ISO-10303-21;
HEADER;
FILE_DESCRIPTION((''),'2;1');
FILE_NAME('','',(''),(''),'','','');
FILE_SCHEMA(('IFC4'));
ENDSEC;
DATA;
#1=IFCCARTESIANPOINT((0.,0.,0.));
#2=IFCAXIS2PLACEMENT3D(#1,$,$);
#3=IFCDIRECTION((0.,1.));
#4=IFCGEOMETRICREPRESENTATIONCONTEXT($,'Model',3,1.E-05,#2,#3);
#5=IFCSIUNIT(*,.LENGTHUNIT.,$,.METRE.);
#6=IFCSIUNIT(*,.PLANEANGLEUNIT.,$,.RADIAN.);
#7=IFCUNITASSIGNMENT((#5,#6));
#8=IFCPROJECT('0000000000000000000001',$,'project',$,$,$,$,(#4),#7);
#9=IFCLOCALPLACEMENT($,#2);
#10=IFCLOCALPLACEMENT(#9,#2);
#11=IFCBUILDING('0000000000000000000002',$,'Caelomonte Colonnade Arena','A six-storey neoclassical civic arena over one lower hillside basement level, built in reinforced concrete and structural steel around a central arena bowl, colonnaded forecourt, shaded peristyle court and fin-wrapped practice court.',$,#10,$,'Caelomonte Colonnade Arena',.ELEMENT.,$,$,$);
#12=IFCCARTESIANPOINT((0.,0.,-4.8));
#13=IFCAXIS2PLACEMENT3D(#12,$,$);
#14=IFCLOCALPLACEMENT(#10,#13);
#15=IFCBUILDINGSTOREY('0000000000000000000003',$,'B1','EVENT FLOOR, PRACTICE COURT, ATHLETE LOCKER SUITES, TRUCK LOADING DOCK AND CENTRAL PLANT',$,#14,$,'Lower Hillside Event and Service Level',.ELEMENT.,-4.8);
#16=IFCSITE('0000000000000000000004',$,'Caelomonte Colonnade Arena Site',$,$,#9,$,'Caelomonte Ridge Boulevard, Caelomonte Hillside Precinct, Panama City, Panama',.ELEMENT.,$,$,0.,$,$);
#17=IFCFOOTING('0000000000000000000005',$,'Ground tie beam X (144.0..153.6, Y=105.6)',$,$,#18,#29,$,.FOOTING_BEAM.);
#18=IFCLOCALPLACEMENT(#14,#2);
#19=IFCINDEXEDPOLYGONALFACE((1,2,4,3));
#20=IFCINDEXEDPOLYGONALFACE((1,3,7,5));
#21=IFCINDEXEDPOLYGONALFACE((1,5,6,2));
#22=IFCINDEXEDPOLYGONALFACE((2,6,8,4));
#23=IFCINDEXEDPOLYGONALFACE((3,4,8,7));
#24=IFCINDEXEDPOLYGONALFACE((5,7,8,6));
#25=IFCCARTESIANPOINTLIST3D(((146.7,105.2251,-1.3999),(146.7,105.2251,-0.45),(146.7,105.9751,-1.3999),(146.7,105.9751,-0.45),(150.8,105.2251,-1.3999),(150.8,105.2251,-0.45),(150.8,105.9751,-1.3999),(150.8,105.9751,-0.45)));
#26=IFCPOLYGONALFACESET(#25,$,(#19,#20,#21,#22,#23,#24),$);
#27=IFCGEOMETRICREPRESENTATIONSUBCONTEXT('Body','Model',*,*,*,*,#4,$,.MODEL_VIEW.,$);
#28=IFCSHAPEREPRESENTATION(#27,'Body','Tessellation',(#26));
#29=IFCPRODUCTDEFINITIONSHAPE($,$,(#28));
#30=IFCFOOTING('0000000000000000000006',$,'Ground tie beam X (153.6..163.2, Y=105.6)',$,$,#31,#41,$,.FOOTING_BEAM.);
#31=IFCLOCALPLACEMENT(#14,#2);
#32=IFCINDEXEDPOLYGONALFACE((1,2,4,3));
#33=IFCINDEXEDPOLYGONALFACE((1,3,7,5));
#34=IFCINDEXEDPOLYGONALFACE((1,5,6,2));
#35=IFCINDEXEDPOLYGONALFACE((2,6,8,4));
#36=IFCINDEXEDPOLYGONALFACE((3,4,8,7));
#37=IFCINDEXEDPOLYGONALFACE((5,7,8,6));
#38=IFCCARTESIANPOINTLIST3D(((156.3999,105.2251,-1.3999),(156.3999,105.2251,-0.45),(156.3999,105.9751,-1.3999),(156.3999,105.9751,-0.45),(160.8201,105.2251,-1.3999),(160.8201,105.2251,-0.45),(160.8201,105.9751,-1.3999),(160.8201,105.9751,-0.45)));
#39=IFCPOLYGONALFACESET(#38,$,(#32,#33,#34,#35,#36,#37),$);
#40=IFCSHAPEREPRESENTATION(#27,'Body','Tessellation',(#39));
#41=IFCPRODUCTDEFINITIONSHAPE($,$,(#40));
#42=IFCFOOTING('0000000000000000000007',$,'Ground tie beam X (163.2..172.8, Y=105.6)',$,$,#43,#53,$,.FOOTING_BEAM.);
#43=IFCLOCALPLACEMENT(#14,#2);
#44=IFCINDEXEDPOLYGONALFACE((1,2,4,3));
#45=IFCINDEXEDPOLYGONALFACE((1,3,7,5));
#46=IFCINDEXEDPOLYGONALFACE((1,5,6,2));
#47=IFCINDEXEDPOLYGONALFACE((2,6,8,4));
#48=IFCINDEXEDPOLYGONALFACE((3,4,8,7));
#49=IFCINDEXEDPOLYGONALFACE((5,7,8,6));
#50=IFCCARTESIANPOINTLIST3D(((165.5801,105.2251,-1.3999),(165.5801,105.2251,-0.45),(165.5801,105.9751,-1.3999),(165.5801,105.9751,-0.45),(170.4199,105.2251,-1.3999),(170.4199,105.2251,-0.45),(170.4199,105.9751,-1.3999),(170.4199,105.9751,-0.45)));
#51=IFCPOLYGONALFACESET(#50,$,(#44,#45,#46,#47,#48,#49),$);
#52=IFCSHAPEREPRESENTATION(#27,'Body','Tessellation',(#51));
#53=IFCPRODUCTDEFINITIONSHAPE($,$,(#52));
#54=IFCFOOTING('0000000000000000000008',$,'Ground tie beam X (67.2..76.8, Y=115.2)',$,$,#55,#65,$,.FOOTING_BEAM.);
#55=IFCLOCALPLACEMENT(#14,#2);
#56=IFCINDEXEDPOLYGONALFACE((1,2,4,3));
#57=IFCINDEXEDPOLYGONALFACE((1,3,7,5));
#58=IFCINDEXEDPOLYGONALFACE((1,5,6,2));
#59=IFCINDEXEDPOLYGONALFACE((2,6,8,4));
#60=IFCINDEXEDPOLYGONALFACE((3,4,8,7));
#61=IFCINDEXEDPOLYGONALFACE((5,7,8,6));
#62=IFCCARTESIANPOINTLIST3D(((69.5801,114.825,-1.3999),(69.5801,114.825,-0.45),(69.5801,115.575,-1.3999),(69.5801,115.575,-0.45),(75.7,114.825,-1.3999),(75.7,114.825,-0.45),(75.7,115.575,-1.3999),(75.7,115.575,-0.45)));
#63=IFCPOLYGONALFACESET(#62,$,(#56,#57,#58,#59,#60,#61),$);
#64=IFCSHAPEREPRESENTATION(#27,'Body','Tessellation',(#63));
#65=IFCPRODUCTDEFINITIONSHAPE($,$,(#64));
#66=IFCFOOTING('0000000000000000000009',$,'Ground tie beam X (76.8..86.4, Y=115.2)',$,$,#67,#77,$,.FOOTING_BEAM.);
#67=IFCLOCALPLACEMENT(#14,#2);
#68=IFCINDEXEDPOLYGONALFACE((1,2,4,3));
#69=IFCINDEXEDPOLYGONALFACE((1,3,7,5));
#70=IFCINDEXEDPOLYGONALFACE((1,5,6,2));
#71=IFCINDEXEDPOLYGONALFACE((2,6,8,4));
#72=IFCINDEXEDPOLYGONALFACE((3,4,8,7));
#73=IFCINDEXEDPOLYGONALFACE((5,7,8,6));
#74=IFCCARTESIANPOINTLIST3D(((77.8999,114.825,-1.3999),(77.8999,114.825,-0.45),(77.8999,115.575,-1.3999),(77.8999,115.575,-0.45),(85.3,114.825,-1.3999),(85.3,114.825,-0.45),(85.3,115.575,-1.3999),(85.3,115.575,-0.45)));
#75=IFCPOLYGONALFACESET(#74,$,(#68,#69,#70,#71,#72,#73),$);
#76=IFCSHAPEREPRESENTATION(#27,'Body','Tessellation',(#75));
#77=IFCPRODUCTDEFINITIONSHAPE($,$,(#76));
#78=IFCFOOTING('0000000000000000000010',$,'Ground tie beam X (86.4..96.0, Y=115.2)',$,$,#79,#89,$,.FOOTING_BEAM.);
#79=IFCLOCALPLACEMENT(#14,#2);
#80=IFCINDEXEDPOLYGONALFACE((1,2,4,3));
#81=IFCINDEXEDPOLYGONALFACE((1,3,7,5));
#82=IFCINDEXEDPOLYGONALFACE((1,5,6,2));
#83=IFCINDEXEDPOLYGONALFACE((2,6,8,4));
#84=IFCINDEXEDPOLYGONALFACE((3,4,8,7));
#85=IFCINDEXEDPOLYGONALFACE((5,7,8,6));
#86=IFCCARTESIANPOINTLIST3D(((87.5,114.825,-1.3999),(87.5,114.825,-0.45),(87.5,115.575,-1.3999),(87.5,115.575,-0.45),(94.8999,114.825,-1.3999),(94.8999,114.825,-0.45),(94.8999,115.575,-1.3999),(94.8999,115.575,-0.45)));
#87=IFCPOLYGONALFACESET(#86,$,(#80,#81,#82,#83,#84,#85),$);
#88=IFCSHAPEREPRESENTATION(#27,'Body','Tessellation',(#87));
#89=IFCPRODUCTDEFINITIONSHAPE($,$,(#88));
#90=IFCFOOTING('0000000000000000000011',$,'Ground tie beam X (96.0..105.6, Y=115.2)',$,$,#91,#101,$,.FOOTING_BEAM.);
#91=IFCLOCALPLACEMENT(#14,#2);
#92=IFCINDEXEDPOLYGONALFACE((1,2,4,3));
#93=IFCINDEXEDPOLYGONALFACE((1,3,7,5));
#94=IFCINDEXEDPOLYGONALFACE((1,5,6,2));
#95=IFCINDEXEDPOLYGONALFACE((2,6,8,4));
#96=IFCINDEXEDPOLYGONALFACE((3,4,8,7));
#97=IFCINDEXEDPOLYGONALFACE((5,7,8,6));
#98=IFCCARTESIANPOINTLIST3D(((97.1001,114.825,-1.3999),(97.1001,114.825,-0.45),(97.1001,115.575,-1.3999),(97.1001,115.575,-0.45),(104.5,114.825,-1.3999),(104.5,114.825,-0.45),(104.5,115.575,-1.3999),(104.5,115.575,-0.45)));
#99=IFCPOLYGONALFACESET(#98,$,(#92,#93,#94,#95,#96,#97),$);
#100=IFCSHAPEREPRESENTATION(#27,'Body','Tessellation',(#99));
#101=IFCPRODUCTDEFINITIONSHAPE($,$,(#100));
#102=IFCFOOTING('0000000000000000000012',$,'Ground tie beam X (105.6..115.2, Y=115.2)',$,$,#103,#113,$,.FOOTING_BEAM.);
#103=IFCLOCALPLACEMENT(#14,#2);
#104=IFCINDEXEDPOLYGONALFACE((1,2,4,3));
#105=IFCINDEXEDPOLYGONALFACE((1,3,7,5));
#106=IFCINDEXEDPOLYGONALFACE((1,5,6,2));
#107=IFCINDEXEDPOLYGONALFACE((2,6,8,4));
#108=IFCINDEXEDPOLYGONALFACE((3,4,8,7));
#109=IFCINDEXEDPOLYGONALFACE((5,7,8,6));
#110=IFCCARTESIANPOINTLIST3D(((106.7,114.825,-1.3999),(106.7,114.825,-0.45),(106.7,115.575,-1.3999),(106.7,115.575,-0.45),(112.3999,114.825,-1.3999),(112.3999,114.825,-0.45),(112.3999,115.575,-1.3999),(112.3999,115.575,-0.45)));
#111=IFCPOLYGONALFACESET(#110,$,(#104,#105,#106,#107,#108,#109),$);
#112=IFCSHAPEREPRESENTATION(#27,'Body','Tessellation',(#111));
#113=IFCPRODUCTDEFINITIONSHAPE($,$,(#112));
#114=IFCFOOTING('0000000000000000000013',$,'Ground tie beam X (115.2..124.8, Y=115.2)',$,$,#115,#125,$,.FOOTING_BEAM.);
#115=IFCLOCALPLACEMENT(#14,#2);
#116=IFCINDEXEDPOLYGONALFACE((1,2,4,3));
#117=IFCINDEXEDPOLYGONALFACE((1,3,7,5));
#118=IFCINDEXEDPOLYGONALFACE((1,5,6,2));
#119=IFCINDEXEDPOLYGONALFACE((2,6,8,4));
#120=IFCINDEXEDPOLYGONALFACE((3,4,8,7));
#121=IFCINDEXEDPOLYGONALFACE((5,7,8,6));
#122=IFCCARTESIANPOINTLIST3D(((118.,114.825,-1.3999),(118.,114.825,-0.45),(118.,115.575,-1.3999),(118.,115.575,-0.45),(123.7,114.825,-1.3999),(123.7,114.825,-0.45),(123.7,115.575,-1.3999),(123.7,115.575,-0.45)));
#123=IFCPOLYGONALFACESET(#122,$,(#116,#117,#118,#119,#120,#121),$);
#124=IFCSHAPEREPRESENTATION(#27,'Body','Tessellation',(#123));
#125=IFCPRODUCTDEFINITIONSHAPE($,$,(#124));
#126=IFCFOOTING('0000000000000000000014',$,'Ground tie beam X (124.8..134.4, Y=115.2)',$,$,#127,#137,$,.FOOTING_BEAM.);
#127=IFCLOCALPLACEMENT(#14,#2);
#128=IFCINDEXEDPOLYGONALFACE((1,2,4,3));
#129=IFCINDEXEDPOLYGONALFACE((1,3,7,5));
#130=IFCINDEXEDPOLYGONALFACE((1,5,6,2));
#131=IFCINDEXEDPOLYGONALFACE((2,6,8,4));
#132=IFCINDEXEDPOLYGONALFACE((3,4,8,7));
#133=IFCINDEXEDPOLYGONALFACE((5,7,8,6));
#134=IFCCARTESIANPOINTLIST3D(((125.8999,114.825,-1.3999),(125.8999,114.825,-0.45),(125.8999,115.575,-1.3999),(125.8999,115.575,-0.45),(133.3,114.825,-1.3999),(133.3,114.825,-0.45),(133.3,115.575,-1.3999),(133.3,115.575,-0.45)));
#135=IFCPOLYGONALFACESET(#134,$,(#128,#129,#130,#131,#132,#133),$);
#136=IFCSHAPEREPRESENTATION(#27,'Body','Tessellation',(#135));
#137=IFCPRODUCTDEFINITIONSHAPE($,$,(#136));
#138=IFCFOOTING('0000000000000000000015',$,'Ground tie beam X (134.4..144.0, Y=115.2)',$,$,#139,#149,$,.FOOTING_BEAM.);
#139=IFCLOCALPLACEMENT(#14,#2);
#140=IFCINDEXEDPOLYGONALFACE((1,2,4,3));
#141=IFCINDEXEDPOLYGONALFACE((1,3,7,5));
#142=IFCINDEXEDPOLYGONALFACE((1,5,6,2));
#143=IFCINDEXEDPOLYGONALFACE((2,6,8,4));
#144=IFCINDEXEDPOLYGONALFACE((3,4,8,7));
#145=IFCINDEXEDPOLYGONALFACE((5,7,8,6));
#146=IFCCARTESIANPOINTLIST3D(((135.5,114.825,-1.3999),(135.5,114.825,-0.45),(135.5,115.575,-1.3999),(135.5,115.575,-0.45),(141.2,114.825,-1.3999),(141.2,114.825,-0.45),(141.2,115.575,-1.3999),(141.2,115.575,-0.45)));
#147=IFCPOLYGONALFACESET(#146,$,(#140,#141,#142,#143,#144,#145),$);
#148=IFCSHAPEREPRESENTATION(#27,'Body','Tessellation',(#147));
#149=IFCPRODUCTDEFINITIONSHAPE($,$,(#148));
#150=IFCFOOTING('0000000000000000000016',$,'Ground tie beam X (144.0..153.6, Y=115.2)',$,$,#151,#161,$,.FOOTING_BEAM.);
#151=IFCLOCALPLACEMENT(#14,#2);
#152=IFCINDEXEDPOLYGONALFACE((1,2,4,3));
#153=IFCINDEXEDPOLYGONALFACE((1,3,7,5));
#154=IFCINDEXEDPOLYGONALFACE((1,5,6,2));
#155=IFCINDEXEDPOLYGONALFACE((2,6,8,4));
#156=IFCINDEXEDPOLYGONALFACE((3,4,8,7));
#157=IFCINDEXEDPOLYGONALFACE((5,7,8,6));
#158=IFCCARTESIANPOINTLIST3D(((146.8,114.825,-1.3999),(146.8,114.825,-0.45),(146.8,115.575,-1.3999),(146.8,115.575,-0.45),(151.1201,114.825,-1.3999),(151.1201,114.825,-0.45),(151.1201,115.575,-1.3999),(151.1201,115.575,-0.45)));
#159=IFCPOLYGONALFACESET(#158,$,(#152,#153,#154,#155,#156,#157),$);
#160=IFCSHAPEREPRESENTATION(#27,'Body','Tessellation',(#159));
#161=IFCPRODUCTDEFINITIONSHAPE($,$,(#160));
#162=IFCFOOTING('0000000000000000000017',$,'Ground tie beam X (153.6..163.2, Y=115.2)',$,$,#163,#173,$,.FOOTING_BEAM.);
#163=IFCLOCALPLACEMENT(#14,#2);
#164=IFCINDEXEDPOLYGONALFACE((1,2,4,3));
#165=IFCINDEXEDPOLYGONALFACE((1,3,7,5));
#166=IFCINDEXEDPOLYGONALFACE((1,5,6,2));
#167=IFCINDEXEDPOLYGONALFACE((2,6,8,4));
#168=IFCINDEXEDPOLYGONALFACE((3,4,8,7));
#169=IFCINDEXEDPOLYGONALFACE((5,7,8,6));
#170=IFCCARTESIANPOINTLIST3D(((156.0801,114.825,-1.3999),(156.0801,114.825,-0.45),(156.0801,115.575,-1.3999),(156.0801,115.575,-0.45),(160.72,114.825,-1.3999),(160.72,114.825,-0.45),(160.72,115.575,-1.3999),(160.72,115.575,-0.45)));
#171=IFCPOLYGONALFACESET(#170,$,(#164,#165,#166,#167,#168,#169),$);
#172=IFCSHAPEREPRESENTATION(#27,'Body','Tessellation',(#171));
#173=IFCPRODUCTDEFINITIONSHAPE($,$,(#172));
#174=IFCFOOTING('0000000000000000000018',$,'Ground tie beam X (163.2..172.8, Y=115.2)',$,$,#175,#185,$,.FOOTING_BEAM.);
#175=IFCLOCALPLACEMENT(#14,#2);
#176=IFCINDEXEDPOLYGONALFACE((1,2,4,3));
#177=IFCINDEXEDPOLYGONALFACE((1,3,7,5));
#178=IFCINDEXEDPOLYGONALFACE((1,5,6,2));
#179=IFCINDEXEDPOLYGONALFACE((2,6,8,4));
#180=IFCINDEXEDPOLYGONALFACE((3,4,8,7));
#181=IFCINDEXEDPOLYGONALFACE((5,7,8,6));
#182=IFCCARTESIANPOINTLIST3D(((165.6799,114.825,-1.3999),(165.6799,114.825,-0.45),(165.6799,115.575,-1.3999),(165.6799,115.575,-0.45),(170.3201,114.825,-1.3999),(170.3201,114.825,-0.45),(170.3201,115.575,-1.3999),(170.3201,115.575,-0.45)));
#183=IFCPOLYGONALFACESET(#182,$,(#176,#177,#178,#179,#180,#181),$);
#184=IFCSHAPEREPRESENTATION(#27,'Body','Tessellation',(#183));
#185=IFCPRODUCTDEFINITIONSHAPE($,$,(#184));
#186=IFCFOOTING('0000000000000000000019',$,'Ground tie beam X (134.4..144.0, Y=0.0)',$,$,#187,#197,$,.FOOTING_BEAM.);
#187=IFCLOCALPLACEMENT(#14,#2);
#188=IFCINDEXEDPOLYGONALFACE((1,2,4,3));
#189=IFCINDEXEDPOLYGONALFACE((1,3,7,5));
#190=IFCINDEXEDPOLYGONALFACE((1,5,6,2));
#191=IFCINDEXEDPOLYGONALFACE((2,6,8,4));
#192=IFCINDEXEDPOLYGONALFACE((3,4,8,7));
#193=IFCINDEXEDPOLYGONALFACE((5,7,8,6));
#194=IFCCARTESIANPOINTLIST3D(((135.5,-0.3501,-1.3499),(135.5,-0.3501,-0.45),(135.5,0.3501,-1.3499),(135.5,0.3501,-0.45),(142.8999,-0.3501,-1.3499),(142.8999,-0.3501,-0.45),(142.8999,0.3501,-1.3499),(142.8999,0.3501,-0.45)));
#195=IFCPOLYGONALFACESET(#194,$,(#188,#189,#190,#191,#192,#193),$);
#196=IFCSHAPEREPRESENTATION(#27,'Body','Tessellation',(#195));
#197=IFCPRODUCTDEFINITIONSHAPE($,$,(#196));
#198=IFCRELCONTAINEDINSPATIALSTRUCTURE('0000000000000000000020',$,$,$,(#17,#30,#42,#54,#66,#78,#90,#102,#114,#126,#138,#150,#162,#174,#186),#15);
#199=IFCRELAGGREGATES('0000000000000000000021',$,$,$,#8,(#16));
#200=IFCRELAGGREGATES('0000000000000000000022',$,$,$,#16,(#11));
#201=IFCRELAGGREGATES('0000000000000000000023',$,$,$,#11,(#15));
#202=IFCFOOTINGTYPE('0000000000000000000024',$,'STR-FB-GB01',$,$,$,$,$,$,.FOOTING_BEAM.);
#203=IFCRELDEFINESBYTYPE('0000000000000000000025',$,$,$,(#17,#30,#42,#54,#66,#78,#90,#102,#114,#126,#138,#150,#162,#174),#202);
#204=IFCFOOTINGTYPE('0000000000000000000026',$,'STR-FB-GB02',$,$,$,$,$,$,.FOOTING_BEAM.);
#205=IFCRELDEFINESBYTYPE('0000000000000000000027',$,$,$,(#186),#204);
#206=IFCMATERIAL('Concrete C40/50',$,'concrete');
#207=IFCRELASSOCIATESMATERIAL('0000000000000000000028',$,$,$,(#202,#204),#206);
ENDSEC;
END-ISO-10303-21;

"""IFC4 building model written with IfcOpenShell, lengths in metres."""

from ifc_helpers import new_model, si_unit, direction, frame, origin, place, context, subcontext, project, spatial, polyline, outline, extrude, material, type_object, element, save


model = new_model("IFC4")

# Units and contexts
model_context = context("Model", 3, precision=1e-05, world=origin(), true_north=direction((0.0, 1.0)))
body_context = subcontext(model_context, "Body", "Model", "MODEL_VIEW")
ifc_project = project(units=[si_unit("LENGTHUNIT", "METRE"), si_unit("PLANEANGLEUNIT", "RADIAN")], contexts=[model_context])

# Site, building, storey
site_placement = place(None, origin())
site = spatial("IfcSite", under=ifc_project, at=site_placement, Name="Caelomonte Colonnade Arena Site", LongName="Caelomonte Ridge Boulevard, Caelomonte Hillside Precinct, Panama City, Panama", CompositionType="ELEMENT", RefElevation=0.0)
building_placement = place(site_placement, origin())
building = spatial("IfcBuilding", under=site, at=building_placement, Name="Caelomonte Colonnade Arena", Description="A six-storey neoclassical civic arena over one lower hillside basement level, built in reinforced concrete and structural steel around a central arena bowl, colonnaded forecourt, shaded peristyle court and fin-wrapped practice court.", LongName="Caelomonte Colonnade Arena", CompositionType="ELEMENT")
storey_placement = place(building_placement, frame((0.0, 0.0, -4.8)))
storey = spatial("IfcBuildingStorey", under=building, at=storey_placement, Name="B1", Description="EVENT FLOOR, PRACTICE COURT, ATHLETE LOCKER SUITES, TRUCK LOADING DOCK AND CENTRAL PLANT", LongName="Lower Hillside Event and Service Level", CompositionType="ELEMENT", Elevation=-4.8)

# Footings
ifc_material = material(Name="Concrete C40/50", Category="concrete")
footing_type_1 = type_object("IfcFootingType", Name="STR-FB-GB01", PredefinedType="FOOTING_BEAM", material=ifc_material)
footing_1_placement = place(storey_placement, frame((0.0, 0.0, -1.3999)))
element("IfcFooting", 1, at=footing_1_placement, inside=storey, type_object=footing_type_1, Name="Ground tie beam X (144.0..153.6, Y=105.6)", PredefinedType="FOOTING_BEAM", context=body_context, shape_type="SweptSolid", body=[
    extrude(outline(polyline([(146.7, 105.2251), (150.8, 105.2251), (150.8, 105.9751), (146.7, 105.9751), (146.7, 105.2251)])), origin(), (0.0, 0.0, 1.0), 0.95),
])
footing_2_placement = place(storey_placement, frame((0.0, 0.0, -1.3999)))
element("IfcFooting", 2, at=footing_2_placement, inside=storey, type_object=footing_type_1, Name="Ground tie beam X (153.6..163.2, Y=105.6)", PredefinedType="FOOTING_BEAM", context=body_context, shape_type="SweptSolid", body=[
    extrude(outline(polyline([(156.3999, 105.2251), (160.8201, 105.2251), (160.8201, 105.9751), (156.3999, 105.9751), (156.3999, 105.2251)])), origin(), (0.0, 0.0, 1.0), 0.95),
])
footing_3_placement = place(storey_placement, frame((0.0, 0.0, -1.3999)))
element("IfcFooting", 3, at=footing_3_placement, inside=storey, type_object=footing_type_1, Name="Ground tie beam X (163.2..172.8, Y=105.6)", PredefinedType="FOOTING_BEAM", context=body_context, shape_type="SweptSolid", body=[
    extrude(outline(polyline([(165.5801, 105.2251), (170.4199, 105.2251), (170.4199, 105.9751), (165.5801, 105.9751), (165.5801, 105.2251)])), origin(), (0.0, 0.0, 1.0), 0.95),
])
footing_4_placement = place(storey_placement, frame((0.0, 0.0, -1.3999)))
element("IfcFooting", 4, at=footing_4_placement, inside=storey, type_object=footing_type_1, Name="Ground tie beam X (67.2..76.8, Y=115.2)", PredefinedType="FOOTING_BEAM", context=body_context, shape_type="SweptSolid", body=[
    extrude(outline(polyline([(69.5801, 114.825), (75.7, 114.825), (75.7, 115.575), (69.5801, 115.575), (69.5801, 114.825)])), origin(), (0.0, 0.0, 1.0), 0.95),
])
footing_5_placement = place(storey_placement, frame((0.0, 0.0, -1.3999)))
element("IfcFooting", 5, at=footing_5_placement, inside=storey, type_object=footing_type_1, Name="Ground tie beam X (76.8..86.4, Y=115.2)", PredefinedType="FOOTING_BEAM", context=body_context, shape_type="SweptSolid", body=[
    extrude(outline(polyline([(77.8999, 114.825), (85.3, 114.825), (85.3, 115.575), (77.8999, 115.575), (77.8999, 114.825)])), origin(), (0.0, 0.0, 1.0), 0.95),
])
footing_6_placement = place(storey_placement, frame((0.0, 0.0, -1.3999)))
element("IfcFooting", 6, at=footing_6_placement, inside=storey, type_object=footing_type_1, Name="Ground tie beam X (86.4..96.0, Y=115.2)", PredefinedType="FOOTING_BEAM", context=body_context, shape_type="SweptSolid", body=[
    extrude(outline(polyline([(87.5, 114.825), (94.8999, 114.825), (94.8999, 115.575), (87.5, 115.575), (87.5, 114.825)])), origin(), (0.0, 0.0, 1.0), 0.95),
])
footing_7_placement = place(storey_placement, frame((0.0, 0.0, -1.3999)))
element("IfcFooting", 7, at=footing_7_placement, inside=storey, type_object=footing_type_1, Name="Ground tie beam X (96.0..105.6, Y=115.2)", PredefinedType="FOOTING_BEAM", context=body_context, shape_type="SweptSolid", body=[
    extrude(outline(polyline([(97.1001, 114.825), (104.5, 114.825), (104.5, 115.575), (97.1001, 115.575), (97.1001, 114.825)])), origin(), (0.0, 0.0, 1.0), 0.95),
])
footing_8_placement = place(storey_placement, frame((0.0, 0.0, -1.3999)))
element("IfcFooting", 8, at=footing_8_placement, inside=storey, type_object=footing_type_1, Name="Ground tie beam X (105.6..115.2, Y=115.2)", PredefinedType="FOOTING_BEAM", context=body_context, shape_type="SweptSolid", body=[
    extrude(outline(polyline([(106.7, 114.825), (112.3999, 114.825), (112.3999, 115.575), (106.7, 115.575), (106.7, 114.825)])), origin(), (0.0, 0.0, 1.0), 0.95),
])
footing_9_placement = place(storey_placement, frame((0.0, 0.0, -1.3999)))
element("IfcFooting", 9, at=footing_9_placement, inside=storey, type_object=footing_type_1, Name="Ground tie beam X (115.2..124.8, Y=115.2)", PredefinedType="FOOTING_BEAM", context=body_context, shape_type="SweptSolid", body=[
    extrude(outline(polyline([(118.0, 114.825), (123.7, 114.825), (123.7, 115.575), (118.0, 115.575), (118.0, 114.825)])), origin(), (0.0, 0.0, 1.0), 0.95),
])
footing_10_placement = place(storey_placement, frame((0.0, 0.0, -1.3999)))
element("IfcFooting", 10, at=footing_10_placement, inside=storey, type_object=footing_type_1, Name="Ground tie beam X (124.8..134.4, Y=115.2)", PredefinedType="FOOTING_BEAM", context=body_context, shape_type="SweptSolid", body=[
    extrude(outline(polyline([(125.8999, 114.825), (133.3, 114.825), (133.3, 115.575), (125.8999, 115.575), (125.8999, 114.825)])), origin(), (0.0, 0.0, 1.0), 0.95),
])
footing_11_placement = place(storey_placement, frame((0.0, 0.0, -1.3999)))
element("IfcFooting", 11, at=footing_11_placement, inside=storey, type_object=footing_type_1, Name="Ground tie beam X (134.4..144.0, Y=115.2)", PredefinedType="FOOTING_BEAM", context=body_context, shape_type="SweptSolid", body=[
    extrude(outline(polyline([(135.5, 114.825), (141.2, 114.825), (141.2, 115.575), (135.5, 115.575), (135.5, 114.825)])), origin(), (0.0, 0.0, 1.0), 0.95),
])
footing_12_placement = place(storey_placement, frame((0.0, 0.0, -1.3999)))
element("IfcFooting", 12, at=footing_12_placement, inside=storey, type_object=footing_type_1, Name="Ground tie beam X (144.0..153.6, Y=115.2)", PredefinedType="FOOTING_BEAM", context=body_context, shape_type="SweptSolid", body=[
    extrude(outline(polyline([(146.8, 114.825), (151.1201, 114.825), (151.1201, 115.575), (146.8, 115.575), (146.8, 114.825)])), origin(), (0.0, 0.0, 1.0), 0.95),
])
footing_13_placement = place(storey_placement, frame((0.0, 0.0, -1.3999)))
element("IfcFooting", 13, at=footing_13_placement, inside=storey, type_object=footing_type_1, Name="Ground tie beam X (153.6..163.2, Y=115.2)", PredefinedType="FOOTING_BEAM", context=body_context, shape_type="SweptSolid", body=[
    extrude(outline(polyline([(156.0801, 114.825), (160.72, 114.825), (160.72, 115.575), (156.0801, 115.575), (156.0801, 114.825)])), origin(), (0.0, 0.0, 1.0), 0.95),
])
footing_14_placement = place(storey_placement, frame((0.0, 0.0, -1.3999)))
element("IfcFooting", 14, at=footing_14_placement, inside=storey, type_object=footing_type_1, Name="Ground tie beam X (163.2..172.8, Y=115.2)", PredefinedType="FOOTING_BEAM", context=body_context, shape_type="SweptSolid", body=[
    extrude(outline(polyline([(165.6799, 114.825), (170.3201, 114.825), (170.3201, 115.575), (165.6799, 115.575), (165.6799, 114.825)])), origin(), (0.0, 0.0, 1.0), 0.95),
])
footing_type_2 = type_object("IfcFootingType", Name="STR-FB-GB02", PredefinedType="FOOTING_BEAM", material=ifc_material)
footing_15_placement = place(storey_placement, frame((0.0, 0.0, -1.3499)))
element("IfcFooting", 15, at=footing_15_placement, inside=storey, type_object=footing_type_2, Name="Ground tie beam X (134.4..144.0, Y=0.0)", PredefinedType="FOOTING_BEAM", context=body_context, shape_type="SweptSolid", body=[
    extrude(outline(polyline([(135.5, -0.3501), (142.8999, -0.3501), (142.8999, 0.3501), (135.5, 0.3501), (135.5, -0.3501)])), origin(), (0.0, 0.0, 1.0), 0.8999),
])

save(model, "model.ifc")
